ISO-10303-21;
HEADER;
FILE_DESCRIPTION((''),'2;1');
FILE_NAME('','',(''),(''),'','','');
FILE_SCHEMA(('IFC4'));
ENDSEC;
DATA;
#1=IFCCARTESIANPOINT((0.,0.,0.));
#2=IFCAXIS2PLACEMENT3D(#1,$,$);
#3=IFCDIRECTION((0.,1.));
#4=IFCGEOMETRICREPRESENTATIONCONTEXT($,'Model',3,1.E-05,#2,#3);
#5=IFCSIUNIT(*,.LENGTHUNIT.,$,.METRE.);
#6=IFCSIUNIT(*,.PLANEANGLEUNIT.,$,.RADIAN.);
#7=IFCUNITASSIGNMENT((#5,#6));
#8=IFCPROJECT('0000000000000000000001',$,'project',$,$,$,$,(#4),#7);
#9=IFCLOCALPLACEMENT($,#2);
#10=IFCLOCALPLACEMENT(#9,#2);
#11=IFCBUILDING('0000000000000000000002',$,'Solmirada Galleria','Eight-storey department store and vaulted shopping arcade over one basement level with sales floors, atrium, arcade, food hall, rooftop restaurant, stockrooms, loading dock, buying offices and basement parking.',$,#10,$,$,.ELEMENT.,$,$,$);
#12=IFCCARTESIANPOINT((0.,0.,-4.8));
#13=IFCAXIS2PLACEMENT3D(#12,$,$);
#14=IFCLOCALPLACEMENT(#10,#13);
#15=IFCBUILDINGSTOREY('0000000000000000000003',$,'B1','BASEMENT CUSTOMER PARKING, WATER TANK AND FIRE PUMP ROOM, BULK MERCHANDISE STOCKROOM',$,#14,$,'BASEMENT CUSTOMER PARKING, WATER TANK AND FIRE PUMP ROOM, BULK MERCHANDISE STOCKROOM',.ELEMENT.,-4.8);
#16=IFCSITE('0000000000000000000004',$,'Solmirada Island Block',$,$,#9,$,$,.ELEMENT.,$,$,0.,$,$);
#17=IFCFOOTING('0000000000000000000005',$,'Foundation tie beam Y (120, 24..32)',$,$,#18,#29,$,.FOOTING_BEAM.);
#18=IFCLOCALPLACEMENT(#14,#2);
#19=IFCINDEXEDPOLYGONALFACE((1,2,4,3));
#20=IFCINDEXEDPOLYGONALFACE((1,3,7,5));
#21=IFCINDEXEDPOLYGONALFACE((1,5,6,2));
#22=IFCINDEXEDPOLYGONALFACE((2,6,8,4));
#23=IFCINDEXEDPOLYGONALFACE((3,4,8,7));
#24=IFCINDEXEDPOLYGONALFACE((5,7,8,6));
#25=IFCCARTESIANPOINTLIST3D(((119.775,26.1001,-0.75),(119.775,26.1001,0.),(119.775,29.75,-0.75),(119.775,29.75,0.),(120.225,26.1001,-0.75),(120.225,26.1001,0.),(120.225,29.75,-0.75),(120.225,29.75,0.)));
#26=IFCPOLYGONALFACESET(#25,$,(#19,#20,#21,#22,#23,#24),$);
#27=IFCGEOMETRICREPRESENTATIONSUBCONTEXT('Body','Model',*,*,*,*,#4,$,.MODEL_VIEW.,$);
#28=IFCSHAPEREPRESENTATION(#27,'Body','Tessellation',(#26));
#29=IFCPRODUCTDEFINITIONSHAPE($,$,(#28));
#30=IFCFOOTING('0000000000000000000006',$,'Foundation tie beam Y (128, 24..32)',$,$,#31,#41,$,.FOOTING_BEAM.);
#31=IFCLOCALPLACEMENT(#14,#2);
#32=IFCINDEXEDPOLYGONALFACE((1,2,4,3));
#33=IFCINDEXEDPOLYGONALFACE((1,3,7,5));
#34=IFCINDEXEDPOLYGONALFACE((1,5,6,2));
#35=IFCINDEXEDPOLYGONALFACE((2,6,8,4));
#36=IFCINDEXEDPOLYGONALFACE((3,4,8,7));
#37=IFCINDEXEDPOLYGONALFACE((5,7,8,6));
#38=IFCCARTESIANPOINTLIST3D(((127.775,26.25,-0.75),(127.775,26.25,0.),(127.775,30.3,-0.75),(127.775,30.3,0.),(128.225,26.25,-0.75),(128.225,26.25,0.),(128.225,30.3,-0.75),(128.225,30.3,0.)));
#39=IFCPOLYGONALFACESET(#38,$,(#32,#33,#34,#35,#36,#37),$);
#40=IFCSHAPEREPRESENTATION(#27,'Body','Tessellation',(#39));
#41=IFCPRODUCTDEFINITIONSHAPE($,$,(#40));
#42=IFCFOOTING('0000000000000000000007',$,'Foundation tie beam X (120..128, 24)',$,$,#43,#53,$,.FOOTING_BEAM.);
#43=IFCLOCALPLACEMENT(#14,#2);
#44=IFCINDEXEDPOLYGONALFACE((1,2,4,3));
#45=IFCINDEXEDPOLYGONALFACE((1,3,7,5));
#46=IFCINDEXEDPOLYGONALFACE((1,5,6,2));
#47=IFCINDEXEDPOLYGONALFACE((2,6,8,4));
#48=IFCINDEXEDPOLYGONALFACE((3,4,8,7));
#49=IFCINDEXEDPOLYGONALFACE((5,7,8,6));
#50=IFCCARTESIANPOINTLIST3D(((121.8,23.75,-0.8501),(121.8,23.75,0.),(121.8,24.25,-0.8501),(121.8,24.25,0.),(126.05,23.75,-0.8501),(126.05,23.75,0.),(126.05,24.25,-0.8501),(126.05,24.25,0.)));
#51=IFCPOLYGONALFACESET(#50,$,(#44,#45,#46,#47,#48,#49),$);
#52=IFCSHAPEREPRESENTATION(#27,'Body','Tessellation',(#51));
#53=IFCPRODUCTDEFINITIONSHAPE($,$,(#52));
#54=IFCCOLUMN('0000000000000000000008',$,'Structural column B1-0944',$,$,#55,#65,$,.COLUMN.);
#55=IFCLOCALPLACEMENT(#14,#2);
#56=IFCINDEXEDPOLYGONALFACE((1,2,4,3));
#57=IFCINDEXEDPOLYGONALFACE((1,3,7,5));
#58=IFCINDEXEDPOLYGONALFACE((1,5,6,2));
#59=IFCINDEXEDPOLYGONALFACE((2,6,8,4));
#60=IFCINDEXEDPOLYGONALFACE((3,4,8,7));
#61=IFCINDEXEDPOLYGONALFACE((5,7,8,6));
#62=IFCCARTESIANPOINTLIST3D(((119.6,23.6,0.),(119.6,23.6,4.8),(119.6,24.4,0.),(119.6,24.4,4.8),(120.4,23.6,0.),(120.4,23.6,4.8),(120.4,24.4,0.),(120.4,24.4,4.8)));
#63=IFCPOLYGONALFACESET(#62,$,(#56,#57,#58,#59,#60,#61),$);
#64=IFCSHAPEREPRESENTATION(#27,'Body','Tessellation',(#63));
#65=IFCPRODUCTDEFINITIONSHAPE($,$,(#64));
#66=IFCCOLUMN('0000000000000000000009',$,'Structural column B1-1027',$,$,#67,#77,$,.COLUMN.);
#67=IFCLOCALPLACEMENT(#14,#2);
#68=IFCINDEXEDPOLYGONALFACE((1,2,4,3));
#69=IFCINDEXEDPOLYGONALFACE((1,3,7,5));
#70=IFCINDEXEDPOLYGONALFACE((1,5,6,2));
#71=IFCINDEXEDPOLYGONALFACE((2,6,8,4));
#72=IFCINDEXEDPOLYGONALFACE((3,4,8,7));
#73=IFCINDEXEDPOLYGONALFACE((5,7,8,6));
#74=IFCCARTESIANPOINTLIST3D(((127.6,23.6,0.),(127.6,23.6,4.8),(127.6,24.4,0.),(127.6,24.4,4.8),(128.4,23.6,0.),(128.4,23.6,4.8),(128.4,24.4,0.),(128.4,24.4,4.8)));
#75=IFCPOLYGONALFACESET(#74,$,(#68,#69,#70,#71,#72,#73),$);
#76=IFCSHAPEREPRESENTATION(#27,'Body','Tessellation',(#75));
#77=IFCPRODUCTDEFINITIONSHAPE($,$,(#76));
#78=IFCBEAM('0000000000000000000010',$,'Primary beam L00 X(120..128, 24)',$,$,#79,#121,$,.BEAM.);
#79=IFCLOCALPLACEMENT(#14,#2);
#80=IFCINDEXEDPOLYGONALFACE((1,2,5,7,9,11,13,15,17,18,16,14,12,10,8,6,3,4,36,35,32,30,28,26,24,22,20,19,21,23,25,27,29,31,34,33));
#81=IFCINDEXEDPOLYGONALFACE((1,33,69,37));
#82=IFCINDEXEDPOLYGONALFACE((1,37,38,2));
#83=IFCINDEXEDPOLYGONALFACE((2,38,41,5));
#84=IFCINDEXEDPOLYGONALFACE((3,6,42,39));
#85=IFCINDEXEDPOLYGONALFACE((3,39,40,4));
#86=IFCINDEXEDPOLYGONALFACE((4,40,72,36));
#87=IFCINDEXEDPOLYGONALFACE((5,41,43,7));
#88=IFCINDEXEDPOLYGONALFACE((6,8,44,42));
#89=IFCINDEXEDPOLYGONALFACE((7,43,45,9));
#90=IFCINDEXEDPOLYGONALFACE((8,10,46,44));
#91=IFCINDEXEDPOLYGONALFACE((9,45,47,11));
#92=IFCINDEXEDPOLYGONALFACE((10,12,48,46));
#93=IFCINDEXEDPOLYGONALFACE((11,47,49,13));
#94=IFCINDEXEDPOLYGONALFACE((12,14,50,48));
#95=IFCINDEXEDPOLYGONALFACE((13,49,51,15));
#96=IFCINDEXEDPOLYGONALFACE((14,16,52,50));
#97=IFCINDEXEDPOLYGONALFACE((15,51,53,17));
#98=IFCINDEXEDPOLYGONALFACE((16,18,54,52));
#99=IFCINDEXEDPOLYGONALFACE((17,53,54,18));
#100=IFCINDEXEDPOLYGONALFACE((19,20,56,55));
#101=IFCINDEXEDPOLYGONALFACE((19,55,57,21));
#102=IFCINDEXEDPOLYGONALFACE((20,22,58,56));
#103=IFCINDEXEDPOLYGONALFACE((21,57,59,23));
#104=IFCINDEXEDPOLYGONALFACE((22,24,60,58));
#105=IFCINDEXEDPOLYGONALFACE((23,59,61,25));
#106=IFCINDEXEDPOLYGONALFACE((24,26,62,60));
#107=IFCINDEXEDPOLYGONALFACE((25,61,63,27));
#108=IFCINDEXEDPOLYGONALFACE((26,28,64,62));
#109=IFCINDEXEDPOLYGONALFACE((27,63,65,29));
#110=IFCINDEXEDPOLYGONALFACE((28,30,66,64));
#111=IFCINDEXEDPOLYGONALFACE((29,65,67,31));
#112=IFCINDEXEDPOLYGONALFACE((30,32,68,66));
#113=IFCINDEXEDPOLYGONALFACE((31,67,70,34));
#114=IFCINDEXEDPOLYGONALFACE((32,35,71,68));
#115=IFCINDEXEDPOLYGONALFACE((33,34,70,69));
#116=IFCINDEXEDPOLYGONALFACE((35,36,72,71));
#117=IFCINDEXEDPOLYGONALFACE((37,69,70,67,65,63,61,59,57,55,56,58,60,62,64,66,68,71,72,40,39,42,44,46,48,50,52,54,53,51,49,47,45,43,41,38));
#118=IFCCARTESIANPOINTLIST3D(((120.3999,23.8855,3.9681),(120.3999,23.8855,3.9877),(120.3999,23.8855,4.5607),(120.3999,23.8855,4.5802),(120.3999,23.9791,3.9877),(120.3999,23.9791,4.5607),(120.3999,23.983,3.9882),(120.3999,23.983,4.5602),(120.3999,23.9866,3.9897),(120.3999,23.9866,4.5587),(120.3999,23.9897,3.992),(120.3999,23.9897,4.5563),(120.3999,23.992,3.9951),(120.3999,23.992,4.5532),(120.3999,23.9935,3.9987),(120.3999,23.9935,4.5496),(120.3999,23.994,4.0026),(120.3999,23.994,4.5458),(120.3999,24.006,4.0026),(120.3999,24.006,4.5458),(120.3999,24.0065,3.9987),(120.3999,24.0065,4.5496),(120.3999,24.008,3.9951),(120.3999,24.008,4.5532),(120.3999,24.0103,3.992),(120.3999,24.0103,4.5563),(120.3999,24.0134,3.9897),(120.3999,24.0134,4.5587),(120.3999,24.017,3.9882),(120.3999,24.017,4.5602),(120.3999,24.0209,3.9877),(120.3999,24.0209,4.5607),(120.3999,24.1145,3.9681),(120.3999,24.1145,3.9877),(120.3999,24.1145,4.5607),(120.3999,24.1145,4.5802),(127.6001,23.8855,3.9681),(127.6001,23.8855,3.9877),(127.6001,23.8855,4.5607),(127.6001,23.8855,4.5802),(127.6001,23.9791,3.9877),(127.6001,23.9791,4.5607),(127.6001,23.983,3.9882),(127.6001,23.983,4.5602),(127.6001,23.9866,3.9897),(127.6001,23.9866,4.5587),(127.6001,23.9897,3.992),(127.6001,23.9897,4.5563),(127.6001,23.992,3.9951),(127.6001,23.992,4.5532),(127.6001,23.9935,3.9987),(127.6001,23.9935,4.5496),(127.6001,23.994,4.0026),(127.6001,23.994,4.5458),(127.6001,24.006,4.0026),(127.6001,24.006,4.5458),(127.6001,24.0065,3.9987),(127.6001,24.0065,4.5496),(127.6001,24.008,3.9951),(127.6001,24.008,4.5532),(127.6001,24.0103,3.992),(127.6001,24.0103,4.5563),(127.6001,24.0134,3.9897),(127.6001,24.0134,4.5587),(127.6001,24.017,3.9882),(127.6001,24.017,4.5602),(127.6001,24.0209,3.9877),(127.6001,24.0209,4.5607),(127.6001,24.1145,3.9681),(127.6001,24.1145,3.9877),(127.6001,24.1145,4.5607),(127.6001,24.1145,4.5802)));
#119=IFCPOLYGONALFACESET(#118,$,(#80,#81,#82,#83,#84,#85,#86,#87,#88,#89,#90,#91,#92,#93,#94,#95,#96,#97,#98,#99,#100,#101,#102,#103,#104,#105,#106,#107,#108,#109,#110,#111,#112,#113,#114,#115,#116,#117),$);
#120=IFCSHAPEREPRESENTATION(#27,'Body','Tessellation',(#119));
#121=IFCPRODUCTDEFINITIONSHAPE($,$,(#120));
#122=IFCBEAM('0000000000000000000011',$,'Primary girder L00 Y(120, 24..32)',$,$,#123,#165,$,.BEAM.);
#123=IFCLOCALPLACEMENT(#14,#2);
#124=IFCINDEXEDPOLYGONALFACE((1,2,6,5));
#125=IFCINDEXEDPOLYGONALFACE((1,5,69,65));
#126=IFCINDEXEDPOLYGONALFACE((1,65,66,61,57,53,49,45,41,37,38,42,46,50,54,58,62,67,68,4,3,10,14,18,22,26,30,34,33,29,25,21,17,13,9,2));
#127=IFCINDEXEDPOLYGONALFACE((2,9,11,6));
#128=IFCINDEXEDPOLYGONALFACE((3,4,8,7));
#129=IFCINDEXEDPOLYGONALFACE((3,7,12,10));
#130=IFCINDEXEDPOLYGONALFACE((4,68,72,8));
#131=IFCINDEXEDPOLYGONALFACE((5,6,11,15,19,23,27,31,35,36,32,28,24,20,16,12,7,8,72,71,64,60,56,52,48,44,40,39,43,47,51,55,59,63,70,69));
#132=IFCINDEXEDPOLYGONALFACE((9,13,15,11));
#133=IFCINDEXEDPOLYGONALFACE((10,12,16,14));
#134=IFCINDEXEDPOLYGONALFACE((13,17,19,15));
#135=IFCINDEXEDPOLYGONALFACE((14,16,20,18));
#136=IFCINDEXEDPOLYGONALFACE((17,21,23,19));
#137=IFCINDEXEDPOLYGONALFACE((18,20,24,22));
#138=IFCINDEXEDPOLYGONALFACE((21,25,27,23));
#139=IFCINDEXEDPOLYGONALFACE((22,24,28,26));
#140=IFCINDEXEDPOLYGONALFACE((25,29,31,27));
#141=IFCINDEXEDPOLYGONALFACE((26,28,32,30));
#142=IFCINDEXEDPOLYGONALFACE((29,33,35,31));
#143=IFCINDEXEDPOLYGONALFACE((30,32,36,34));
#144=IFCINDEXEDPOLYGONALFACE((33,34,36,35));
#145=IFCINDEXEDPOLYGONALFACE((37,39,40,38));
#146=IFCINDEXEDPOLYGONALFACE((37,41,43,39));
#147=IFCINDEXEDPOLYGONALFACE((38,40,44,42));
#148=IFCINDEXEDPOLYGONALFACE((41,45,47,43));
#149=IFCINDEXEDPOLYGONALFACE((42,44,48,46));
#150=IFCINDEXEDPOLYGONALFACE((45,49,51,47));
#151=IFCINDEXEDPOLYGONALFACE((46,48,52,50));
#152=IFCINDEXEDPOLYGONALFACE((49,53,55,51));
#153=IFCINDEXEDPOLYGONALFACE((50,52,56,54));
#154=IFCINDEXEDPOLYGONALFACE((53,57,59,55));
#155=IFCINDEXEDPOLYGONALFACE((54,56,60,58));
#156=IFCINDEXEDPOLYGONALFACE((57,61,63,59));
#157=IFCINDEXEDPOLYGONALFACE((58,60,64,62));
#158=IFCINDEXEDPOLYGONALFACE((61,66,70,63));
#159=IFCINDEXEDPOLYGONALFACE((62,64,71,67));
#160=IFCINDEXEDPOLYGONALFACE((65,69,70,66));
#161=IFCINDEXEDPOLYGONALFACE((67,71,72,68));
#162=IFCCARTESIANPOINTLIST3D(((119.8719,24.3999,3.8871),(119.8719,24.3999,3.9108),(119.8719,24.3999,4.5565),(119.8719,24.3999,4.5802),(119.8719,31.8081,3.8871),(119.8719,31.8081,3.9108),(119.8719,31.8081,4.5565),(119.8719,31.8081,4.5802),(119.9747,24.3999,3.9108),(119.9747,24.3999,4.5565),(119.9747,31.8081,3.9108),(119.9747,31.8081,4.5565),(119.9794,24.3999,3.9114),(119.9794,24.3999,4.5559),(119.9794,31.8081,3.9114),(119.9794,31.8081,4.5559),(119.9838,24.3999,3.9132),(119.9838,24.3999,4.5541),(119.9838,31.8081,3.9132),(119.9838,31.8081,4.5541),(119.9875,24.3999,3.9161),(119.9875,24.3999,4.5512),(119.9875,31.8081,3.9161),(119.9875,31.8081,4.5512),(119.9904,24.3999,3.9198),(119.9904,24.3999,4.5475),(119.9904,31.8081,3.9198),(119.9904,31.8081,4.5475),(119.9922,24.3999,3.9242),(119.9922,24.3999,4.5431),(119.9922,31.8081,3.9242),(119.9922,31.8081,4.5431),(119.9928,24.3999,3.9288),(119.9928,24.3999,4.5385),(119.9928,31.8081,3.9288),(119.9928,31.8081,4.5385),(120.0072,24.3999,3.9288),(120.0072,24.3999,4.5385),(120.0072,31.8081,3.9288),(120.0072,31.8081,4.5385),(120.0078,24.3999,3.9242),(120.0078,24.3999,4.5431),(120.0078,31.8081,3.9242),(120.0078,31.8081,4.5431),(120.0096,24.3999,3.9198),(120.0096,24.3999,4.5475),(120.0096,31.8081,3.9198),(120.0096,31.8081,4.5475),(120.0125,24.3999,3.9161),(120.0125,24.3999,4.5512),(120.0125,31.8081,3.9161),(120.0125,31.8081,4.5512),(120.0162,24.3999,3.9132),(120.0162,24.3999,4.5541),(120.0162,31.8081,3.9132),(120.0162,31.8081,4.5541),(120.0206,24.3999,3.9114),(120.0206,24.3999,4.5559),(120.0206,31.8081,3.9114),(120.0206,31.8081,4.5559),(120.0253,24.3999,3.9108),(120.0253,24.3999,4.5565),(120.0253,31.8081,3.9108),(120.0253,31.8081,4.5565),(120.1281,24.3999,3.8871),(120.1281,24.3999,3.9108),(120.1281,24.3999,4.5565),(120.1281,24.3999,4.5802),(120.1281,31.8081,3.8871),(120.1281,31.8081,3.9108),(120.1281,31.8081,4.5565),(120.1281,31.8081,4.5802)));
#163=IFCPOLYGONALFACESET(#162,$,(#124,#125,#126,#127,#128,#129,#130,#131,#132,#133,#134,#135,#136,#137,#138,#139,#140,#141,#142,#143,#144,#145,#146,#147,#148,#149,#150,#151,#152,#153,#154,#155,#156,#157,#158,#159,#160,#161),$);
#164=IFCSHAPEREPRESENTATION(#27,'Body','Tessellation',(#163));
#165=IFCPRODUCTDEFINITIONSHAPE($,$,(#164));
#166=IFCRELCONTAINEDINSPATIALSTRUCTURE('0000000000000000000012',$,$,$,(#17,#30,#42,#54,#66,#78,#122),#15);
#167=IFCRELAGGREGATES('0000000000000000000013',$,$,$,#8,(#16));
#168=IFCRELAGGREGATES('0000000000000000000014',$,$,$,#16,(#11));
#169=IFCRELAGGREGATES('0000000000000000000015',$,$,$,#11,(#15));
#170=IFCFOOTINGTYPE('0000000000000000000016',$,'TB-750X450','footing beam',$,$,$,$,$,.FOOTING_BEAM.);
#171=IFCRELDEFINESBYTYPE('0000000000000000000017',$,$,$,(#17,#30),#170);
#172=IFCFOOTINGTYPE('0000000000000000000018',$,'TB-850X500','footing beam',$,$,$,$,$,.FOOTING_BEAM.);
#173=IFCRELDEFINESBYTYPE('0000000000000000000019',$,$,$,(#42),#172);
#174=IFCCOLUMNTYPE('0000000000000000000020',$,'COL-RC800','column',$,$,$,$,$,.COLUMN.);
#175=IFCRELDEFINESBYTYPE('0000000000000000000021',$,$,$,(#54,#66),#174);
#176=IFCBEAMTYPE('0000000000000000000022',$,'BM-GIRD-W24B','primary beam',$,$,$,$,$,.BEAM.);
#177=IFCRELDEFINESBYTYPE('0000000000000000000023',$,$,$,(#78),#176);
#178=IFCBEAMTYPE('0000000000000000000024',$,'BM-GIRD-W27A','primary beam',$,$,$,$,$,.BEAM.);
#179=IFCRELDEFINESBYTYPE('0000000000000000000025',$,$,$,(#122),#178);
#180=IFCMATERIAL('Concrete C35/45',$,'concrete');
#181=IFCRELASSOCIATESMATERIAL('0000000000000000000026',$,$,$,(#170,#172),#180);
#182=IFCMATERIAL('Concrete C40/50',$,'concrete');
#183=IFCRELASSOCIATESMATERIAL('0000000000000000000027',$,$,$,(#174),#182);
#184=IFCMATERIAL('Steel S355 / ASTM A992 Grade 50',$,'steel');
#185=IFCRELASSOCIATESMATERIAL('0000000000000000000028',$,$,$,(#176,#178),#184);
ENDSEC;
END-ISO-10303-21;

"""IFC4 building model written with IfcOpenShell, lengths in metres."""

from ifc_helpers import new_model, si_unit, direction, frame, origin, origin_2d, place, context, subcontext, project, spatial, rectangle, i_section, extrude, material, material_profile, profile_set, type_object, element, save


model = new_model("IFC4")

# Units and contexts
model_context = context("Model", 3, precision=1e-05, world=origin(), true_north=direction((0.0, 1.0)))
body_context = subcontext(model_context, "Body", "Model", "MODEL_VIEW")
ifc_project = project(units=[si_unit("LENGTHUNIT", "METRE"), si_unit("PLANEANGLEUNIT", "RADIAN")], contexts=[model_context])

# Site, building, storey
site_placement = place(None, origin())
site = spatial("IfcSite", under=ifc_project, at=site_placement, Name="Solmirada Island Block", CompositionType="ELEMENT", RefElevation=0.0)
building_placement = place(site_placement, origin())
building = spatial("IfcBuilding", under=site, at=building_placement, Name="Solmirada Galleria", Description="Eight-storey department store and vaulted shopping arcade over one basement level with sales floors, atrium, arcade, food hall, rooftop restaurant, stockrooms, loading dock, buying offices and basement parking.", CompositionType="ELEMENT")
storey_placement = place(building_placement, frame((0.0, 0.0, -4.8)))
storey = spatial("IfcBuildingStorey", under=building, at=storey_placement, Name="B1", Description="BASEMENT CUSTOMER PARKING, WATER TANK AND FIRE PUMP ROOM, BULK MERCHANDISE STOCKROOM", LongName="BASEMENT CUSTOMER PARKING, WATER TANK AND FIRE PUMP ROOM, BULK MERCHANDISE STOCKROOM", CompositionType="ELEMENT", Elevation=-4.8)

# Shared definitions
ifc_material_1 = material(Name="Concrete C35/45", Category="concrete")

# Shared definitions
ifc_material_2 = material(Name="Concrete C40/50", Category="concrete")

# Footings
ifc_material_profile_1 = material_profile(ifc_material_1, rectangle(XDim=0.45, YDim=0.75, at=origin_2d()), Name="RC750X450")
ifc_profile_set_1 = profile_set([ifc_material_profile_1], Name="Concrete C35/45")
footing_type_1 = type_object("IfcFootingType", Name="TB-750X450", Description="footing beam", PredefinedType="FOOTING_BEAM", material=ifc_profile_set_1)
footing_1_placement = place(storey_placement, frame((120.0, 26.1001, -0.375), z_axis=(0.0, 1.0, 0.0), x_axis=(-1.0, 0.0, 0.0)))
element("IfcFooting", 1, at=footing_1_placement, inside=storey, type_object=footing_type_1, Name="Foundation tie beam Y (120, 24..32)", PredefinedType="FOOTING_BEAM", context=body_context, shape_type="SweptSolid", body=[
    extrude(rectangle(XDim=0.45, YDim=0.75, at=origin_2d()), origin(), (0.0, 0.0, 1.0), 3.6499),
])
footing_2_placement = place(storey_placement, frame((128.0, 26.25, -0.375), z_axis=(0.0, 1.0, 0.0), x_axis=(-1.0, 0.0, 0.0)))
element("IfcFooting", 2, at=footing_2_placement, inside=storey, type_object=footing_type_1, Name="Foundation tie beam Y (128, 24..32)", PredefinedType="FOOTING_BEAM", context=body_context, shape_type="SweptSolid", body=[
    extrude(rectangle(XDim=0.45, YDim=0.75, at=origin_2d()), origin(), (0.0, 0.0, 1.0), 4.05),
])
ifc_material_profile_2 = material_profile(ifc_material_1, rectangle(XDim=0.5, YDim=0.8501, at=origin_2d()), Name="RC850X500")
ifc_profile_set_2 = profile_set([ifc_material_profile_2], Name="Concrete C35/45")
footing_type_2 = type_object("IfcFootingType", Name="TB-850X500", Description="footing beam", PredefinedType="FOOTING_BEAM", material=ifc_profile_set_2)
footing_3_placement = place(storey_placement, frame((121.8, 24.0, -0.425), z_axis=(1.0, 0.0, 0.0), x_axis=(0.0, 1.0, 0.0)))
element("IfcFooting", 3, at=footing_3_placement, inside=storey, type_object=footing_type_2, Name="Foundation tie beam X (120..128, 24)", PredefinedType="FOOTING_BEAM", context=body_context, shape_type="SweptSolid", body=[
    extrude(rectangle(XDim=0.5, YDim=0.8501, at=origin_2d()), origin(), (0.0, 0.0, 1.0), 4.25),
])

# Columns
ifc_material_profile_3 = material_profile(ifc_material_2, rectangle(XDim=0.8, YDim=0.8, at=origin_2d()), Name="RC800X800")
ifc_profile_set_3 = profile_set([ifc_material_profile_3], Name="Concrete C40/50")
column_type = type_object("IfcColumnType", Name="COL-RC800", Description="column", PredefinedType="COLUMN", material=ifc_profile_set_3)
for number, where, z_axis, x_axis, name in (
    (4, (120.0, 24.0, 0.0), (0.0, 0.0, 1.0), (1.0, 0.0, 0.0), "Structural column B1-0944"),
    (5, (128.0, 24.0, 0.0), (0.0, 0.0, 1.0), (1.0, 0.0, 0.0), "Structural column B1-1027"),
):
    element("IfcColumn", number, at=place(storey_placement, frame(where, z_axis=z_axis, x_axis=x_axis)), inside=storey, type_object=column_type, Name=name, PredefinedType="COLUMN", context=body_context, shape_type="SweptSolid", body=[
        extrude(rectangle(XDim=0.8, YDim=0.8, at=origin_2d()), origin(), (0.0, 0.0, 1.0), 4.8),
    ])

# Beams
ifc_material_3 = material(Name="Steel S355 / ASTM A992 Grade 50", Category="steel")
ifc_material_profile_4 = material_profile(ifc_material_3, i_section(OverallWidth=0.229, OverallDepth=0.6121, WebThickness=0.012, FlangeThickness=0.0195, FilletRadius=0.0149, at=origin_2d()), Name="W24X84")
ifc_profile_set_4 = profile_set([ifc_material_profile_4], Name="Steel S355 / ASTM A992 Grade 50")
beam_type_1 = type_object("IfcBeamType", Name="BM-GIRD-W24B", Description="primary beam", PredefinedType="BEAM", material=ifc_profile_set_4)
beam_1_placement = place(storey_placement, frame((120.3999, 24.0, 4.2742), z_axis=(1.0, 0.0, 0.0), x_axis=(0.0, 1.0, 0.0)))
element("IfcBeam", 6, at=beam_1_placement, inside=storey, type_object=beam_type_1, Name="Primary beam L00 X(120..128, 24)", PredefinedType="BEAM", context=body_context, shape_type="SweptSolid", body=[
    extrude(i_section(OverallWidth=0.229, OverallDepth=0.6121, WebThickness=0.012, FlangeThickness=0.0195, FilletRadius=0.0149, at=origin_2d()), origin(), (0.0, 0.0, 1.0), 7.2002),
])
ifc_material_profile_5 = material_profile(ifc_material_3, i_section(OverallWidth=0.2561, OverallDepth=0.6931, WebThickness=0.0144, FlangeThickness=0.0237, FilletRadius=0.0181, at=origin_2d()), Name="W27X114")
ifc_profile_set_5 = profile_set([ifc_material_profile_5], Name="Steel S355 / ASTM A992 Grade 50")
beam_type_2 = type_object("IfcBeamType", Name="BM-GIRD-W27A", Description="primary beam", PredefinedType="BEAM", material=ifc_profile_set_5)
beam_2_placement = place(storey_placement, frame((120.0, 24.3999, 4.2336), z_axis=(0.0, 1.0, 0.0), x_axis=(-1.0, 0.0, 0.0)))
element("IfcBeam", 7, at=beam_2_placement, inside=storey, type_object=beam_type_2, Name="Primary girder L00 Y(120, 24..32)", PredefinedType="BEAM", context=body_context, shape_type="SweptSolid", body=[
    extrude(i_section(OverallWidth=0.2561, OverallDepth=0.6931, WebThickness=0.0144, FlangeThickness=0.0237, FilletRadius=0.0181, at=origin_2d()), origin(), (0.0, 0.0, 1.0), 7.4082),
])

save(model, "model.ifc")
